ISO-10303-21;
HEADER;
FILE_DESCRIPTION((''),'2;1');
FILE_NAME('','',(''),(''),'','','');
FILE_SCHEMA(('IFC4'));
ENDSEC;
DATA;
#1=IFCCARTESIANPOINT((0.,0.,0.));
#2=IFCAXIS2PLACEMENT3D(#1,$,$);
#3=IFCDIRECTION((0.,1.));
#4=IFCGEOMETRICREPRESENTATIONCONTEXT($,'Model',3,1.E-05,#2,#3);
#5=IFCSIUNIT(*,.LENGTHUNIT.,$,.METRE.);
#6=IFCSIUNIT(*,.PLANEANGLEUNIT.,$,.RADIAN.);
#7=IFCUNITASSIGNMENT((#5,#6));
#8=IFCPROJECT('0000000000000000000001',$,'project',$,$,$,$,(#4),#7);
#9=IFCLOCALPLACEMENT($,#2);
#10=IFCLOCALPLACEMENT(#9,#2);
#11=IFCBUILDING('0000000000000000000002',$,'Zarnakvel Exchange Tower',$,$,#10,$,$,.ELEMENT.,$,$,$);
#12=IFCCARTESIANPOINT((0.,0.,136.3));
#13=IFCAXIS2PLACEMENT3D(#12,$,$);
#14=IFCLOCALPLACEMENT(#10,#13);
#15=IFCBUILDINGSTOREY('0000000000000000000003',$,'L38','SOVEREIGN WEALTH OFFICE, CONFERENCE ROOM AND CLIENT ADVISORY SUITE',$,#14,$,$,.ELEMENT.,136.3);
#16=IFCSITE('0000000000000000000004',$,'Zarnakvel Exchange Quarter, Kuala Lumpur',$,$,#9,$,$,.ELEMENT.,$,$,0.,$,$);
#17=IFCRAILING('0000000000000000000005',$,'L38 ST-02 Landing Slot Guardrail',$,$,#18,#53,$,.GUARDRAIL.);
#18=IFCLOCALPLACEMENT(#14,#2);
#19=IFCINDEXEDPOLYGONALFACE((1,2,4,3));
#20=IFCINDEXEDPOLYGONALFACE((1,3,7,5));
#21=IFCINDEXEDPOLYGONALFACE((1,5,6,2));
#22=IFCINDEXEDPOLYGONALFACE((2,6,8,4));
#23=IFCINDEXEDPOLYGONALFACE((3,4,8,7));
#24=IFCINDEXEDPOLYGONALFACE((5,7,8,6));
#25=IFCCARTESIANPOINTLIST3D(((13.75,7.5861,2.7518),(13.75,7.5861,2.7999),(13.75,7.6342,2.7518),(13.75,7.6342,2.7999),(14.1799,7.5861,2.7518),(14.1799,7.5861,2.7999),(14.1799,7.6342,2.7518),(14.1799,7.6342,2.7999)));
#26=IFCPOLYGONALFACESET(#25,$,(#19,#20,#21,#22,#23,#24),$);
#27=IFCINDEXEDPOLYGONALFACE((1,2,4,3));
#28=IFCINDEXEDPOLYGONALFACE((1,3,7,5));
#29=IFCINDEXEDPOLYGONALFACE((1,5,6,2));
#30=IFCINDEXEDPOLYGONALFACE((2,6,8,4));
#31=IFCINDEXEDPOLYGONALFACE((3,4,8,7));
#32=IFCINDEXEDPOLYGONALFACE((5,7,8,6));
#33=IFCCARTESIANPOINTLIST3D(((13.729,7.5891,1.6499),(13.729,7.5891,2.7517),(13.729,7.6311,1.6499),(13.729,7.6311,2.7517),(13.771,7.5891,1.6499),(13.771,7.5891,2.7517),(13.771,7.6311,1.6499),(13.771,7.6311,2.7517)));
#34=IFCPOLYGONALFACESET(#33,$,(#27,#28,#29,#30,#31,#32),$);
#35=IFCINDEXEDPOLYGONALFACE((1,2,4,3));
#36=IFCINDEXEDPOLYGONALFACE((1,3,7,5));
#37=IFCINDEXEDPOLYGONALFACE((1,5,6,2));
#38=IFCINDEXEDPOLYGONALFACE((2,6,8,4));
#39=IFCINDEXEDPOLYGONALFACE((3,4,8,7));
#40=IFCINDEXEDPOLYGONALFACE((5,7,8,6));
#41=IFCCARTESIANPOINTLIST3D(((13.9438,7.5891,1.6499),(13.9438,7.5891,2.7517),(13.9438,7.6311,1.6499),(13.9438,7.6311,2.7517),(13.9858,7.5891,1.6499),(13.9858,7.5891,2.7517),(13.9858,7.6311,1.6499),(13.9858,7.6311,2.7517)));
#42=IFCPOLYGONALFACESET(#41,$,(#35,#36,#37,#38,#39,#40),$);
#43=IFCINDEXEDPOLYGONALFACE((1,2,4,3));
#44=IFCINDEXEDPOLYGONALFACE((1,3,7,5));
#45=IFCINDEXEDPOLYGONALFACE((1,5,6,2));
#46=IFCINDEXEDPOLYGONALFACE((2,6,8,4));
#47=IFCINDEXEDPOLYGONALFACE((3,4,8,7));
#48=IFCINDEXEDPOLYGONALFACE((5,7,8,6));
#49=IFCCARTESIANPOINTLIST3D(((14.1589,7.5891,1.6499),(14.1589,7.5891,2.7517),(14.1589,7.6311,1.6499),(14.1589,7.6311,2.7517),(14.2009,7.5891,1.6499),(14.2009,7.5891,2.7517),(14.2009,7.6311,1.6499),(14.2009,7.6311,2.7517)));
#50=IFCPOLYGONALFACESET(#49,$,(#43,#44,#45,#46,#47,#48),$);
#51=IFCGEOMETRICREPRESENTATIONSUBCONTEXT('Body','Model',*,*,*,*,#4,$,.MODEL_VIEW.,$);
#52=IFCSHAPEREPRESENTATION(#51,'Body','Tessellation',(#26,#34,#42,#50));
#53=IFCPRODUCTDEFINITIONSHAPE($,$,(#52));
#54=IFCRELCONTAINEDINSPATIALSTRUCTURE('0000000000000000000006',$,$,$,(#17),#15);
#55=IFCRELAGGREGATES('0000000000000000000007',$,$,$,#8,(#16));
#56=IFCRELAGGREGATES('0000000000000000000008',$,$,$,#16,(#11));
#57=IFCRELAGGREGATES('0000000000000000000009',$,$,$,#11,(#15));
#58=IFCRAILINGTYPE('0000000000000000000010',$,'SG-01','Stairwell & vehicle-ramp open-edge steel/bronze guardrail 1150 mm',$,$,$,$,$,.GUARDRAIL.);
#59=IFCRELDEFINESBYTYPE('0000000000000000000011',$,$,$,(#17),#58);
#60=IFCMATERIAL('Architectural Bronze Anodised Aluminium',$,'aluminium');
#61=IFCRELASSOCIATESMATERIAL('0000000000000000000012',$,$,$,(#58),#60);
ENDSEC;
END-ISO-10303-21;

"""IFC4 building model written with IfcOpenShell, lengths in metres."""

from ifc_helpers import new_model, si_unit, direction, frame, origin, origin_2d, place, context, subcontext, project, spatial, rectangle, extrude, material, type_object, element, save


model = new_model("IFC4")

# Units and contexts
model_context = context("Model", 3, precision=1e-05, world=origin(), true_north=direction((0.0, 1.0)))
body_context = subcontext(model_context, "Body", "Model", "MODEL_VIEW")
ifc_project = project(units=[si_unit("LENGTHUNIT", "METRE"), si_unit("PLANEANGLEUNIT", "RADIAN")], contexts=[model_context])

# Site, building, storey
site_placement = place(None, origin())
site = spatial("IfcSite", under=ifc_project, at=site_placement, Name="Zarnakvel Exchange Quarter, Kuala Lumpur", CompositionType="ELEMENT", RefElevation=0.0)
building_placement = place(site_placement, origin())
building = spatial("IfcBuilding", under=site, at=building_placement, Name="Zarnakvel Exchange Tower", CompositionType="ELEMENT")
storey_placement = place(building_placement, frame((0.0, 0.0, 136.3)))
storey = spatial("IfcBuildingStorey", under=building, at=storey_placement, Name="L38", Description="SOVEREIGN WEALTH OFFICE, CONFERENCE ROOM AND CLIENT ADVISORY SUITE", CompositionType="ELEMENT", Elevation=136.3)

# Shared definitions
ifc_material_1 = material(Name="Architectural Bronze Anodised Aluminium", Category="aluminium")

# Railing
railing_type_1 = type_object("IfcRailingType", Name="SG-01", Description="Stairwell & vehicle-ramp open-edge steel/bronze guardrail 1150 mm", PredefinedType="GUARDRAIL", material=ifc_material_1)
railing_1_placement = place(storey_placement, frame((13.75, 7.6101, 1.6499)))
element("IfcRailing", 1, at=railing_1_placement, inside=storey, type_object=railing_type_1, Name="L38 ST-02 Landing Slot Guardrail", PredefinedType="GUARDRAIL", context=body_context, shape_type="SweptSolid", body=[
    extrude(rectangle(XDim=0.0481, YDim=0.0481, at=origin_2d()), frame((0.0, 0.0, 1.126), z_axis=(1.0, 0.0, 0.0), x_axis=(0.0, 1.0, 0.0)), (0.0, 0.0, 1.0), 0.4299),
    extrude(rectangle(XDim=0.042, YDim=0.042, at=origin_2d()), origin(), (0.0, 0.0, 1.0), 1.1018),
    extrude(rectangle(XDim=0.042, YDim=0.042, at=origin_2d()), frame((0.2148, 0.0, 0.0)), (0.0, 0.0, 1.0), 1.1018),
    extrude(rectangle(XDim=0.042, YDim=0.042, at=origin_2d()), frame((0.4299, 0.0, 0.0)), (0.0, 0.0, 1.0), 1.1018),
])

save(model, "model.ifc")
